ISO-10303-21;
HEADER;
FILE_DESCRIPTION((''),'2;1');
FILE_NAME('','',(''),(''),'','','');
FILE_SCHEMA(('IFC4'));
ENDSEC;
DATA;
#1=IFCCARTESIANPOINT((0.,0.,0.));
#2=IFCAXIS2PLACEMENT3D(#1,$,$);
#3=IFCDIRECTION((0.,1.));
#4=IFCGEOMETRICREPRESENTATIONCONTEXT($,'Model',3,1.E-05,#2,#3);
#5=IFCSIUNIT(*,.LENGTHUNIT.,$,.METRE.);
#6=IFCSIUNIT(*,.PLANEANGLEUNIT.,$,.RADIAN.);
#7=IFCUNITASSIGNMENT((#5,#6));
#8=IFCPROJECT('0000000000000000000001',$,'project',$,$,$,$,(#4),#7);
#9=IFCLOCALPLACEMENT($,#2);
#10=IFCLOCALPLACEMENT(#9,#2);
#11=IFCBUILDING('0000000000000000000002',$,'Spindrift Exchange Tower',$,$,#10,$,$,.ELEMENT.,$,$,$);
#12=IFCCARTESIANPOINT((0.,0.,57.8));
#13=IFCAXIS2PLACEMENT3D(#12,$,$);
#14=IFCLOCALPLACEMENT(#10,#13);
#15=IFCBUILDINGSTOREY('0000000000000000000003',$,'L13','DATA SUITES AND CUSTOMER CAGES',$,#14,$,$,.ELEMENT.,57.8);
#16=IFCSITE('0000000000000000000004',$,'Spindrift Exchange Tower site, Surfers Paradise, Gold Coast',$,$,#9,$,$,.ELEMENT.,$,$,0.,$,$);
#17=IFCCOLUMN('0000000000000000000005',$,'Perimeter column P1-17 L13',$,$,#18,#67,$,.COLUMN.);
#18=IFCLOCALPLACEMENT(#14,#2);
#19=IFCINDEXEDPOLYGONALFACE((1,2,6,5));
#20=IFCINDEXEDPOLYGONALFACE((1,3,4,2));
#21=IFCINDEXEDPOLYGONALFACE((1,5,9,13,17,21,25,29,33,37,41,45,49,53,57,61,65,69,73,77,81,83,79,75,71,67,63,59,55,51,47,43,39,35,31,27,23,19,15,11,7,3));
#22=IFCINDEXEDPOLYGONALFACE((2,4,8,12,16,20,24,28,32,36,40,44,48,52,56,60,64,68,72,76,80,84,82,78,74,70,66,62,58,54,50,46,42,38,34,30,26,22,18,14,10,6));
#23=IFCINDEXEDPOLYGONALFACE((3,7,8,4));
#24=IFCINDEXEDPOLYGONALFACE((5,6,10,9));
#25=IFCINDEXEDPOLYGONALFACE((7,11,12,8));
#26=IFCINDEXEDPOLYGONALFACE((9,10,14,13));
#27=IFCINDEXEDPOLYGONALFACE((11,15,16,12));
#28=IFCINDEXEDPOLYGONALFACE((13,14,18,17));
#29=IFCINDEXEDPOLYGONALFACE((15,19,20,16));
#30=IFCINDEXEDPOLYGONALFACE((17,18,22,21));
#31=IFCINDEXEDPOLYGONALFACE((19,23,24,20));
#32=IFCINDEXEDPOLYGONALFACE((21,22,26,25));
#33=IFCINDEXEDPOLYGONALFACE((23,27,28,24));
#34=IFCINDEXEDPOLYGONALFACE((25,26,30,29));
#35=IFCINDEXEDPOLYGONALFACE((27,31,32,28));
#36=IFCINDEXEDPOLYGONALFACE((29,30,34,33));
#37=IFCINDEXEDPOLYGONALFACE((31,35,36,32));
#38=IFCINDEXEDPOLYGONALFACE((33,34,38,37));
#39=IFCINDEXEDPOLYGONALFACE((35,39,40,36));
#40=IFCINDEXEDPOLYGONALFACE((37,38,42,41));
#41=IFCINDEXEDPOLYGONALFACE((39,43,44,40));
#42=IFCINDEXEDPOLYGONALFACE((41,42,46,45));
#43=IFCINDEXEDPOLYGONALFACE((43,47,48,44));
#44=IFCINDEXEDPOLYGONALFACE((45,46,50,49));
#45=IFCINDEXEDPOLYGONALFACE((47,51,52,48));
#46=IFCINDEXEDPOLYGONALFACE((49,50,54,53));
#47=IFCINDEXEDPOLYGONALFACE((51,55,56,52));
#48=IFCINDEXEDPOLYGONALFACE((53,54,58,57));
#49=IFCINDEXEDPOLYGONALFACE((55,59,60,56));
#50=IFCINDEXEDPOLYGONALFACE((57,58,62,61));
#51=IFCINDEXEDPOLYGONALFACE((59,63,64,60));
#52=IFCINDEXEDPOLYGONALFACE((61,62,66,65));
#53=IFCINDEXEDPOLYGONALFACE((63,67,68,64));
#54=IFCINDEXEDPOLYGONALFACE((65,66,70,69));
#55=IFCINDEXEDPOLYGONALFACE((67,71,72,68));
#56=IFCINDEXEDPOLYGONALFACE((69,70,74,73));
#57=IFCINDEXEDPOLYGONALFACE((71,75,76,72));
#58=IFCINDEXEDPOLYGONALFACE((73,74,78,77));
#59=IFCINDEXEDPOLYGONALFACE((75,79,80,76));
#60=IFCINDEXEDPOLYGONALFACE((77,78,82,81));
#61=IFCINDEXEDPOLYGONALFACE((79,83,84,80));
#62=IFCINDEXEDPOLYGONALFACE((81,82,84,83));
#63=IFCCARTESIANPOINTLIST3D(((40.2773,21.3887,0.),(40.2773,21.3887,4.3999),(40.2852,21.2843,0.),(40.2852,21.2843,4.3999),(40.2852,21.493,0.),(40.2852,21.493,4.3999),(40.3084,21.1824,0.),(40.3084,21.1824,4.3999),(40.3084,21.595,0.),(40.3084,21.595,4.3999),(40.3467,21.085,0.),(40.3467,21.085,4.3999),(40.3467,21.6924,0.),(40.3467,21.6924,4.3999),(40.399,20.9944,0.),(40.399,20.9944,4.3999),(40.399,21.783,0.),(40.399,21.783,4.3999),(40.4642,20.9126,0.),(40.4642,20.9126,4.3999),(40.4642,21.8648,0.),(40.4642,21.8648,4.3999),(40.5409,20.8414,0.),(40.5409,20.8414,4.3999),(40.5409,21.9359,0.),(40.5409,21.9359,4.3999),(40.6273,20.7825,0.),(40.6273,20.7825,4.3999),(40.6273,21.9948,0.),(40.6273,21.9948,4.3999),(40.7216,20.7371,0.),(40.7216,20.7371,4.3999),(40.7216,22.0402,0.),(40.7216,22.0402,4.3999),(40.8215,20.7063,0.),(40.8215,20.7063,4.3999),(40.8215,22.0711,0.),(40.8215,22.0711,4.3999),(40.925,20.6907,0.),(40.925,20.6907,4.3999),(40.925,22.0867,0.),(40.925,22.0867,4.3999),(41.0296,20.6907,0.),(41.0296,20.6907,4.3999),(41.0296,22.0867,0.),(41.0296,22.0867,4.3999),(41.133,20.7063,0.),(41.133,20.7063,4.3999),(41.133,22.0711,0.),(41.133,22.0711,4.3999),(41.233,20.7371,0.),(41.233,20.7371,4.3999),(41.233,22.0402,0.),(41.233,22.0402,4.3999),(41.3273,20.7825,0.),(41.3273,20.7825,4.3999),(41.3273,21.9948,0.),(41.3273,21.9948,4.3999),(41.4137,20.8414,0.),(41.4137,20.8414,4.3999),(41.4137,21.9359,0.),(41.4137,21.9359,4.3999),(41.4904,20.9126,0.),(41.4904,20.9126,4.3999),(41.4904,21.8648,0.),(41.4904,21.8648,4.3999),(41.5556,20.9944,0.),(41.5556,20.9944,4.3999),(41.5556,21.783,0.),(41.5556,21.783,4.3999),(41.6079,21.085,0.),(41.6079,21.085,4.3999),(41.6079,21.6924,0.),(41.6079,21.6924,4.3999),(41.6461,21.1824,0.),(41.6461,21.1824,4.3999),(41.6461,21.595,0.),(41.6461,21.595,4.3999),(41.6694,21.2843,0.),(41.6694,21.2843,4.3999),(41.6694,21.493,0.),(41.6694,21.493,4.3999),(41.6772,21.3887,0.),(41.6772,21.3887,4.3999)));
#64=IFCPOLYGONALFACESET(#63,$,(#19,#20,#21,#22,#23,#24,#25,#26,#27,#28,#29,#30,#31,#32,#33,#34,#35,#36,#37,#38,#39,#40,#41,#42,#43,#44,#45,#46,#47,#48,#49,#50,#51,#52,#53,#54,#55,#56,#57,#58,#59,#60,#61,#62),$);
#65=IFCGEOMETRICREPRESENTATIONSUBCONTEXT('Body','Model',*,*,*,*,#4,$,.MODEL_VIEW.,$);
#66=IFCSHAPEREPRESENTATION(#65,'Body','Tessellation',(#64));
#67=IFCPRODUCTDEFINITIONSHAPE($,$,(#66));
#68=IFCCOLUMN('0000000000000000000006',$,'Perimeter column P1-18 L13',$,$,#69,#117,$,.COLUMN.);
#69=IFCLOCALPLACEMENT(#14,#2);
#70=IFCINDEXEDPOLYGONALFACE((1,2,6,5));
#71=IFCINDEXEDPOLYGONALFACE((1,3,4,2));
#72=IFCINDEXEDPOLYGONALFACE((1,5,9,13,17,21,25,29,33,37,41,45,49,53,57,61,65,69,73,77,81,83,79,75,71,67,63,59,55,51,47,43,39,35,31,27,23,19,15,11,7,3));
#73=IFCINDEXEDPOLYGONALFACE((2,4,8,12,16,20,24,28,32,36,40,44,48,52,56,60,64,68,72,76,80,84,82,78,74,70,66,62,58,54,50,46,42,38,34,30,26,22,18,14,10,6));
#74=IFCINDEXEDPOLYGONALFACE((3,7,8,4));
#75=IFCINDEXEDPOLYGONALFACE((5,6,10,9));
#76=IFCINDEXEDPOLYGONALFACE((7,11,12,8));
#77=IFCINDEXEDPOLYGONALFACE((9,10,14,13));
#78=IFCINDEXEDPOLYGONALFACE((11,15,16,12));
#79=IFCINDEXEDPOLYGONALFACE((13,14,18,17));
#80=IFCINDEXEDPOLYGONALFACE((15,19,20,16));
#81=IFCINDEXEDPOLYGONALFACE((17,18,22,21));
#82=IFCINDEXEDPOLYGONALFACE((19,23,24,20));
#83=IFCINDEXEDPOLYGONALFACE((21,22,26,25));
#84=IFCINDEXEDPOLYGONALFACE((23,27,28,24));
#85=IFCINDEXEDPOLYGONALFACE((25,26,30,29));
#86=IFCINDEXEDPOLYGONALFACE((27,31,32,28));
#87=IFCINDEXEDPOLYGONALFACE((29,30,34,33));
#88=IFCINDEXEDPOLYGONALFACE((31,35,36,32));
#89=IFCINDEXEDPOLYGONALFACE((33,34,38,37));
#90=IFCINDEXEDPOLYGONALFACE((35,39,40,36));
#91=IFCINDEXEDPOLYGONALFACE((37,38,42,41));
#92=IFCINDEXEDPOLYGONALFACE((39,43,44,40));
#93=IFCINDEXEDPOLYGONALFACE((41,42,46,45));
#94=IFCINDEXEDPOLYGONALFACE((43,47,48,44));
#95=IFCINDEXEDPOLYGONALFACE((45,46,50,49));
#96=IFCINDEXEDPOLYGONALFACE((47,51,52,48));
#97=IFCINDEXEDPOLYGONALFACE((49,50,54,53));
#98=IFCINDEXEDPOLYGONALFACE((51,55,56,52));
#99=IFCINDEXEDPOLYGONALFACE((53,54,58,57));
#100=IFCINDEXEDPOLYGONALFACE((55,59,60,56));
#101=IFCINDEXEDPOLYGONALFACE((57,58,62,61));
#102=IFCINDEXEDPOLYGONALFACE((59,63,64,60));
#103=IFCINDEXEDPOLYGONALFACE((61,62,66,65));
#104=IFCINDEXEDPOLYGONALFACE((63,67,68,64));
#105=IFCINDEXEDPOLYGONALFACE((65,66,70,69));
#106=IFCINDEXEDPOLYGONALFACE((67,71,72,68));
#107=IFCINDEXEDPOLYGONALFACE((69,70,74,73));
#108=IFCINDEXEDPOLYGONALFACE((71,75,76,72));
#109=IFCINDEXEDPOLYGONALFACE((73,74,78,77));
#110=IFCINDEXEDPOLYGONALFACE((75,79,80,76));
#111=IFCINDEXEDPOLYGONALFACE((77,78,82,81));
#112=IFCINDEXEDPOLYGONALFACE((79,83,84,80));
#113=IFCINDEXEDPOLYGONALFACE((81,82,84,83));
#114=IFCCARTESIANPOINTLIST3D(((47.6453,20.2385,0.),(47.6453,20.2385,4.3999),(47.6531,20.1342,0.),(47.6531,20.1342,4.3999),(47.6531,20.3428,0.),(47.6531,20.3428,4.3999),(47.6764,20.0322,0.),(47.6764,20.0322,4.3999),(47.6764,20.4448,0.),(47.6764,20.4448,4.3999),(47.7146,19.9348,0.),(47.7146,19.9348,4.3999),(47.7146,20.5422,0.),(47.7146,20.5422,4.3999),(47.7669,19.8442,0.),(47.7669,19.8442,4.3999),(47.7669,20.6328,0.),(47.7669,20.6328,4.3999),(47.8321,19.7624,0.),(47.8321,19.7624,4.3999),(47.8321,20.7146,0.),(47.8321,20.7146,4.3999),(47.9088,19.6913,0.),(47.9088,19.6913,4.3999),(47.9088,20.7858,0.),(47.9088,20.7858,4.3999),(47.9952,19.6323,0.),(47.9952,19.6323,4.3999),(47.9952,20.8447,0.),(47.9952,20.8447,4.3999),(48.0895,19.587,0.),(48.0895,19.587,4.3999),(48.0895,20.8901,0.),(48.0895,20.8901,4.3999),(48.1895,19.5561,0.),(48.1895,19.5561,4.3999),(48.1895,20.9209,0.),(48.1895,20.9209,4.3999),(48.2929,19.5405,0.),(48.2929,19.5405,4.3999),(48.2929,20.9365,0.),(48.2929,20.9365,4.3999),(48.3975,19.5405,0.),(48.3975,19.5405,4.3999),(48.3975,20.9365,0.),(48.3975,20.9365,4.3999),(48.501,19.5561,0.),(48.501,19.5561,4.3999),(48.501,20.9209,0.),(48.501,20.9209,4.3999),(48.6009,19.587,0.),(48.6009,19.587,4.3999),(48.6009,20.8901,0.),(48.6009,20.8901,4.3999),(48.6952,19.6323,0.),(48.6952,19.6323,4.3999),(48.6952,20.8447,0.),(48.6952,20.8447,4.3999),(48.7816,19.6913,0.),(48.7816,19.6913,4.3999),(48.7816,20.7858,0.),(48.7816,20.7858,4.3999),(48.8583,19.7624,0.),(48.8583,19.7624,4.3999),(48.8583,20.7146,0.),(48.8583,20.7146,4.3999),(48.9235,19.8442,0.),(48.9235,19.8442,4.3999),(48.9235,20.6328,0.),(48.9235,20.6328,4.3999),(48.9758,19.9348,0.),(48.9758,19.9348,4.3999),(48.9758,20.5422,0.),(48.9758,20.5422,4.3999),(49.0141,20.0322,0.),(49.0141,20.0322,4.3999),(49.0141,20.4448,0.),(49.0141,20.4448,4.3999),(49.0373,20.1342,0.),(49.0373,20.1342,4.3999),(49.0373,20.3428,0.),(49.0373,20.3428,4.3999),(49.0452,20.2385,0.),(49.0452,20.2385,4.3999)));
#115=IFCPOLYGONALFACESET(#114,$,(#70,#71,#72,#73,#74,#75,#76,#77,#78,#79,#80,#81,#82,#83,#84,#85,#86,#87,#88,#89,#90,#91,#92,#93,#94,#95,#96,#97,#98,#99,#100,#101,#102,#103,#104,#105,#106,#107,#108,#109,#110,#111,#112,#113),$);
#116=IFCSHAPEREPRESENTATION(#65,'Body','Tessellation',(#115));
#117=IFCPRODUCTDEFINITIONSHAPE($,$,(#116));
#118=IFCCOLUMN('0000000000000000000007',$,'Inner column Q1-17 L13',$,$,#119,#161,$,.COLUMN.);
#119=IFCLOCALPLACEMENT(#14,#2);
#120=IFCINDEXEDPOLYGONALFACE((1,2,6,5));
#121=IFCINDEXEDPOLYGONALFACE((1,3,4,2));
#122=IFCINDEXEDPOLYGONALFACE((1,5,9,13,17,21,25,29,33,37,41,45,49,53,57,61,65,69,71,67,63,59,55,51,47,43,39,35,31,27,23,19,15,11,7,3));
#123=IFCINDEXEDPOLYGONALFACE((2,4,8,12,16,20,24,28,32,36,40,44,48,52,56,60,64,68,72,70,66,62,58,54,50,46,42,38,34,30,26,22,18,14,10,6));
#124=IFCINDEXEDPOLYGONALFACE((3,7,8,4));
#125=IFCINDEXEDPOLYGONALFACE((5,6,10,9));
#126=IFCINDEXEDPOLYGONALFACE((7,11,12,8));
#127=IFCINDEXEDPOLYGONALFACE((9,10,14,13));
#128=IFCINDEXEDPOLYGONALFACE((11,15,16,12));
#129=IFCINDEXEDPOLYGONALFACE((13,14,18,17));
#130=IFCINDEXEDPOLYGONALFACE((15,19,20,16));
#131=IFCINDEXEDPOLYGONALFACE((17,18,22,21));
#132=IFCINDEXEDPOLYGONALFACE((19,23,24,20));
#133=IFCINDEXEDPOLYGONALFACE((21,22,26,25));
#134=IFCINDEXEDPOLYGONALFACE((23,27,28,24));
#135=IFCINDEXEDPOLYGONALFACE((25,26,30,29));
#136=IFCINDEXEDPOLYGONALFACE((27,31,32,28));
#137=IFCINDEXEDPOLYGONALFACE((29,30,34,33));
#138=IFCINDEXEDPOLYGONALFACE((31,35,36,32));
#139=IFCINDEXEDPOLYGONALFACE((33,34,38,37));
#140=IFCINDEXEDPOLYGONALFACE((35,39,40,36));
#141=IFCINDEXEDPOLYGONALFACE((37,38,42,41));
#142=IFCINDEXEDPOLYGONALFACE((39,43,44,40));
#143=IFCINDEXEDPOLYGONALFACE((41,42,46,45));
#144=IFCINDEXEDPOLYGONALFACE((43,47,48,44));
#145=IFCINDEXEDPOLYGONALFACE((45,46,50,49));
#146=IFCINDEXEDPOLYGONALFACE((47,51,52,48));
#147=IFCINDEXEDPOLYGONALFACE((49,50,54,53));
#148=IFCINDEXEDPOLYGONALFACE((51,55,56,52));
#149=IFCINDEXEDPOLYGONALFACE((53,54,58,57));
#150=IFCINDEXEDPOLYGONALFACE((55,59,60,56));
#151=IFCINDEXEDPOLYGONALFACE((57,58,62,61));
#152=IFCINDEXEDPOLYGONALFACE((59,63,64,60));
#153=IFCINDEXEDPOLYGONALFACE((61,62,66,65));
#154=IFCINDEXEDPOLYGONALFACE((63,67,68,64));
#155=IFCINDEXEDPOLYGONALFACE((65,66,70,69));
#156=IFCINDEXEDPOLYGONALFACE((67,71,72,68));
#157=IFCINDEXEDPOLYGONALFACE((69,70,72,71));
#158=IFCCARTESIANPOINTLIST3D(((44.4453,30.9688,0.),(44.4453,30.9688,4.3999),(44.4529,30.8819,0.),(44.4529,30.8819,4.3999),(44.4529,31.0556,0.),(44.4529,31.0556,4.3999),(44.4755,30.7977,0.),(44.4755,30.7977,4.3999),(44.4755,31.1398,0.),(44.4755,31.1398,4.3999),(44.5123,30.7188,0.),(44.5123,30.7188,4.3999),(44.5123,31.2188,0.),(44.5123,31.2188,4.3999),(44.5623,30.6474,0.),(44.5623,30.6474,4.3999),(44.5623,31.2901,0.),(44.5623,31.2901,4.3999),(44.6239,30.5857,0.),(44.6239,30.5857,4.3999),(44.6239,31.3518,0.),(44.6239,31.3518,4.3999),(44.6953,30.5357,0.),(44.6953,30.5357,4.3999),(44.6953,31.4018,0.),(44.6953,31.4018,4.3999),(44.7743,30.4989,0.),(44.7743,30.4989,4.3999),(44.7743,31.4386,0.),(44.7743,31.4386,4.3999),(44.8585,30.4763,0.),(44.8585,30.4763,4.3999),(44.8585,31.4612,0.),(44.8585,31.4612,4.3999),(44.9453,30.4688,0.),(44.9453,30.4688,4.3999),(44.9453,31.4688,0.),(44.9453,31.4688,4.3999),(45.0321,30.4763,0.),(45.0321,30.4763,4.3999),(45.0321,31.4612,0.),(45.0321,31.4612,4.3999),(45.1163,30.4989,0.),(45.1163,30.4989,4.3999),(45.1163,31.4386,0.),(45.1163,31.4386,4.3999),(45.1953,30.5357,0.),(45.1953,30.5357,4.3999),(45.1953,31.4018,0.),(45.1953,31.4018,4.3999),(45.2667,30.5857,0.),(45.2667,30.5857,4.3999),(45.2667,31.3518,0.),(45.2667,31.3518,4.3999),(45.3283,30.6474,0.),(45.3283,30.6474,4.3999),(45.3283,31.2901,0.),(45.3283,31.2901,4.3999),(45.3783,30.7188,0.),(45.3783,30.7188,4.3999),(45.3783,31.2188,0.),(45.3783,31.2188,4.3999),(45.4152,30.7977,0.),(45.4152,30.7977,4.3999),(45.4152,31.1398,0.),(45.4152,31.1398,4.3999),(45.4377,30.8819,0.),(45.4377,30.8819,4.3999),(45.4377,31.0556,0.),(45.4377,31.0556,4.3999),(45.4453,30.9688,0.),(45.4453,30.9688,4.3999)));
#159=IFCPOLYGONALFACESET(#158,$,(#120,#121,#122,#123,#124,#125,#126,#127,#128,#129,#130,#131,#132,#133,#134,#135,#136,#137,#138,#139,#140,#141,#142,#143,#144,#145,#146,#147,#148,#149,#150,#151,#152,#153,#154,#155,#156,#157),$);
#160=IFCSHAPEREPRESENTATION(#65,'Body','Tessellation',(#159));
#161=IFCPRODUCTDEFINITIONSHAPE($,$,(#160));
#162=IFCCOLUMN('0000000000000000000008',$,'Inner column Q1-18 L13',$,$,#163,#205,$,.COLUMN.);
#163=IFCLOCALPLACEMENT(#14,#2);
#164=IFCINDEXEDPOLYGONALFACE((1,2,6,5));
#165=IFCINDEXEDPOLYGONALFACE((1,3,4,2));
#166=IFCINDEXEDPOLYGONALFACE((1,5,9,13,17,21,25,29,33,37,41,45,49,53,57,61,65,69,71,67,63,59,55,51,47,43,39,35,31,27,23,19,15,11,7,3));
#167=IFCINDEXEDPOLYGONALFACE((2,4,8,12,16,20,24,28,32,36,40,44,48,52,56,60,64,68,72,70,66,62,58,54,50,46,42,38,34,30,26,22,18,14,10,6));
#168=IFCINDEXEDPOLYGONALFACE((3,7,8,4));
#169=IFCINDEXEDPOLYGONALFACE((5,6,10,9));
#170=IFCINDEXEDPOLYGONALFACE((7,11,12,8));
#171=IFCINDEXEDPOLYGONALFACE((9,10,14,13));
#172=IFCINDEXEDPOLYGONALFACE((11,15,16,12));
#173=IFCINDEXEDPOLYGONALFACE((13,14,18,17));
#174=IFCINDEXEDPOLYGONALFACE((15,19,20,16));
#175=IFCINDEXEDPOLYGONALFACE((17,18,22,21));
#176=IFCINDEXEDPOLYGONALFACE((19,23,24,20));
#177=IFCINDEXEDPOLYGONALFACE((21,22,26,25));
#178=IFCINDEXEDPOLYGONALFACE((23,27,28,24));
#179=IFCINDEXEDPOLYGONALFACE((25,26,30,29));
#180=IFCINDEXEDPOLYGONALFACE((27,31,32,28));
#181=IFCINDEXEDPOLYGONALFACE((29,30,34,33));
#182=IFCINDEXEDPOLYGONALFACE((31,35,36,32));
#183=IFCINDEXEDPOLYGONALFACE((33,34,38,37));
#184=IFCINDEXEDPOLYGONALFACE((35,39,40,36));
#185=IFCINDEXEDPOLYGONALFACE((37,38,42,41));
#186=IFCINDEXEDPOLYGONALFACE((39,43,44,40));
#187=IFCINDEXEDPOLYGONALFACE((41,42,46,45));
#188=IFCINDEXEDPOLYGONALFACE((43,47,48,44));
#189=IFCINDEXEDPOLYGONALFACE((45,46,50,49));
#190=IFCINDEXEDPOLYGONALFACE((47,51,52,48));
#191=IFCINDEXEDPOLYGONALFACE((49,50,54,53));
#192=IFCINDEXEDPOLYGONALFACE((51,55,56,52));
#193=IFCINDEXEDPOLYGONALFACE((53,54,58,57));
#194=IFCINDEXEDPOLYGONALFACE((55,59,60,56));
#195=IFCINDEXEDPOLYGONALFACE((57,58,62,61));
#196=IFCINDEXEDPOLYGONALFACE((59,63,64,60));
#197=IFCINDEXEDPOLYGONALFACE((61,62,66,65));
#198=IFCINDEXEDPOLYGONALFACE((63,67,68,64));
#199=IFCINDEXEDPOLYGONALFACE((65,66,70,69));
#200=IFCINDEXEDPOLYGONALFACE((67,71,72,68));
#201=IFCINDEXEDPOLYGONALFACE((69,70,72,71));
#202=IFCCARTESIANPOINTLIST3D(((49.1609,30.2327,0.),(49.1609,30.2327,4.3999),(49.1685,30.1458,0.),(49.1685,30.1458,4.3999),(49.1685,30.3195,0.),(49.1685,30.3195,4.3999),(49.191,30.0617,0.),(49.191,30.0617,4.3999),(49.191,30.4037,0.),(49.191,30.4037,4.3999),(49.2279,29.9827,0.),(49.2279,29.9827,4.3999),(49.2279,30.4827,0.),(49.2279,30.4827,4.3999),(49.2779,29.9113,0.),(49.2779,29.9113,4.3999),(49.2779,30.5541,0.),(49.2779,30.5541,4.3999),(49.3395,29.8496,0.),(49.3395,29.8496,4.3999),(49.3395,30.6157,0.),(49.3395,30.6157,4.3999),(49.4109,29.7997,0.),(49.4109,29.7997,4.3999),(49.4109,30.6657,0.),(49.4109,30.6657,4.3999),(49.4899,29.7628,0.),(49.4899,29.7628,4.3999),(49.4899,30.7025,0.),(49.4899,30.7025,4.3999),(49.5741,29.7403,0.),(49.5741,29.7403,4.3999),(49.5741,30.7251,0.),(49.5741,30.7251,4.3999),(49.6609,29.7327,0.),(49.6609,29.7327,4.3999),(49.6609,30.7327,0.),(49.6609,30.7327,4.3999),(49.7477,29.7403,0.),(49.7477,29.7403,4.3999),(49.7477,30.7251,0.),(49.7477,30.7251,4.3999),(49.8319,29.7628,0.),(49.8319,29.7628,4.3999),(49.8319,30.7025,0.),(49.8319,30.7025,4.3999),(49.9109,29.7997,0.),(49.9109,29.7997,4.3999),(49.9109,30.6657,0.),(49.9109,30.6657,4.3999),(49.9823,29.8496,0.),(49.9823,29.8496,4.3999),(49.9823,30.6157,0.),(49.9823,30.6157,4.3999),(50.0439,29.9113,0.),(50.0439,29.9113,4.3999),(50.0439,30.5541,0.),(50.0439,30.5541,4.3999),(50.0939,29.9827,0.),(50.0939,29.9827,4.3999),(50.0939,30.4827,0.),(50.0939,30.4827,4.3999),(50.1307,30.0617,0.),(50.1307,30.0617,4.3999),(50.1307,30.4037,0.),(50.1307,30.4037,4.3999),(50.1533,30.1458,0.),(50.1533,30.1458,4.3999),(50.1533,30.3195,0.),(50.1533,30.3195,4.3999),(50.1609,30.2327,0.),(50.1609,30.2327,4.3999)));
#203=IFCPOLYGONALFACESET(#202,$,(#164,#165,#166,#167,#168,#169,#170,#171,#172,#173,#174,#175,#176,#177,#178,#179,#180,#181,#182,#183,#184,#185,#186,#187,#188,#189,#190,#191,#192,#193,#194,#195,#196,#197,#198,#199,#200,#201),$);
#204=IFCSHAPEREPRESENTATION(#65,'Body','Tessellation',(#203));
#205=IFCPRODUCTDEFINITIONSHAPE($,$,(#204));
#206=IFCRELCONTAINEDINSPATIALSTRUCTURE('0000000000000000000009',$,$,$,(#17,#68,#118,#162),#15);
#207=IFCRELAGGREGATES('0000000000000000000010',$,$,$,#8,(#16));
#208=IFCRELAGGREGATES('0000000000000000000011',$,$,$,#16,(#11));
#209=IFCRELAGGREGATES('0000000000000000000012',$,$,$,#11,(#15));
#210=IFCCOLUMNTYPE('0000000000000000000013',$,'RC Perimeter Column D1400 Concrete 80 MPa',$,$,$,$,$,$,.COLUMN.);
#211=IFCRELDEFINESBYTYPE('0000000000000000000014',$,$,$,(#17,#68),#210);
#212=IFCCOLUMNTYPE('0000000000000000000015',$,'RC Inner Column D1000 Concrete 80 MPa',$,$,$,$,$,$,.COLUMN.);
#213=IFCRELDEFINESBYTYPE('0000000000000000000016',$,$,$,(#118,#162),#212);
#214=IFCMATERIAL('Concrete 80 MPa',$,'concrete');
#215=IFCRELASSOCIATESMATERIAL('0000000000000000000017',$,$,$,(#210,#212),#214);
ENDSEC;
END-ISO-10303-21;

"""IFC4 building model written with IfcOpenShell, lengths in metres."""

from ifc_helpers import new_model, si_unit, direction, frame, origin, origin_2d, place, context, subcontext, project, spatial, circle, extrude, source, transform, mapped, material, material_profile, profile_set, type_object, element, save


model = new_model("IFC4")

# Units and contexts
model_context = context("Model", 3, precision=1e-05, world=origin(), true_north=direction((0.0, 1.0)))
body_context = subcontext(model_context, "Body", "Model", "MODEL_VIEW")
ifc_project = project(units=[si_unit("LENGTHUNIT", "METRE"), si_unit("PLANEANGLEUNIT", "RADIAN")], contexts=[model_context])

# Site, building, storey
site_placement = place(None, origin())
site = spatial("IfcSite", under=ifc_project, at=site_placement, Name="Spindrift Exchange Tower site, Surfers Paradise, Gold Coast", CompositionType="ELEMENT", RefElevation=0.0)
building_placement = place(site_placement, origin())
building = spatial("IfcBuilding", under=site, at=building_placement, Name="Spindrift Exchange Tower", CompositionType="ELEMENT")
storey_placement = place(building_placement, frame((0.0, 0.0, 57.8)))
storey = spatial("IfcBuildingStorey", under=building, at=storey_placement, Name="L13", Description="DATA SUITES AND CUSTOMER CAGES", CompositionType="ELEMENT", Elevation=57.8)

# Columns
ifc_material_1 = material(Name="Concrete 80 MPa", Category="concrete")
ifc_material_profile_1 = material_profile(ifc_material_1, circle(Radius=0.7, at=origin_2d()), Name="RC D1400")
ifc_profile_set_1 = profile_set([ifc_material_profile_1], Name="Concrete 80 MPa")
column_type_1 = type_object("IfcColumnType", Name="RC Perimeter Column D1400 Concrete 80 MPa", PredefinedType="COLUMN", material=ifc_profile_set_1)
shared_shape_1 = source(origin(), body_context, "Body", "SweptSolid", [
    extrude(circle(Radius=0.7, at=origin_2d()), origin(), (0.0, 0.0, 1.0), 4.3999),
])
for number, where, z_axis, x_axis, name in (
    (1, (40.9773, 21.3887, 0.0), (0.0, 0.0, 1.0), (1.0, 0.0, 0.0), "Perimeter column P1-17 L13"),
    (2, (48.3452, 20.2385, 0.0), (0.0, 0.0, 1.0), (1.0, 0.0, 0.0), "Perimeter column P1-18 L13"),
):
    element("IfcColumn", number, at=place(storey_placement, frame(where, z_axis=z_axis, x_axis=x_axis)), inside=storey, type_object=column_type_1, Name=name, PredefinedType="COLUMN", context=body_context, shape_type="MappedRepresentation", body=[
        mapped(shared_shape_1, transform((0.0, 0.0, 0.0), scale=1.0)),
    ])
ifc_material_profile_2 = material_profile(ifc_material_1, circle(Radius=0.5, at=origin_2d()), Name="RC D1000")
ifc_profile_set_2 = profile_set([ifc_material_profile_2], Name="Concrete 80 MPa")
column_type_2 = type_object("IfcColumnType", Name="RC Inner Column D1000 Concrete 80 MPa", PredefinedType="COLUMN", material=ifc_profile_set_2)
shared_shape_2 = source(origin(), body_context, "Body", "SweptSolid", [
    extrude(circle(Radius=0.5, at=origin_2d()), origin(), (0.0, 0.0, 1.0), 4.3999),
])
for number, where, z_axis, x_axis, name in (
    (3, (44.9453, 30.9688, 0.0), (0.0, 0.0, 1.0), (1.0, 0.0, 0.0), "Inner column Q1-17 L13"),
    (4, (49.6609, 30.2327, 0.0), (0.0, 0.0, 1.0), (1.0, 0.0, 0.0), "Inner column Q1-18 L13"),
):
    element("IfcColumn", number, at=place(storey_placement, frame(where, z_axis=z_axis, x_axis=x_axis)), inside=storey, type_object=column_type_2, Name=name, PredefinedType="COLUMN", context=body_context, shape_type="MappedRepresentation", body=[
        mapped(shared_shape_2, transform((0.0, 0.0, 0.0), scale=1.0)),
    ])

save(model, "model.ifc")
